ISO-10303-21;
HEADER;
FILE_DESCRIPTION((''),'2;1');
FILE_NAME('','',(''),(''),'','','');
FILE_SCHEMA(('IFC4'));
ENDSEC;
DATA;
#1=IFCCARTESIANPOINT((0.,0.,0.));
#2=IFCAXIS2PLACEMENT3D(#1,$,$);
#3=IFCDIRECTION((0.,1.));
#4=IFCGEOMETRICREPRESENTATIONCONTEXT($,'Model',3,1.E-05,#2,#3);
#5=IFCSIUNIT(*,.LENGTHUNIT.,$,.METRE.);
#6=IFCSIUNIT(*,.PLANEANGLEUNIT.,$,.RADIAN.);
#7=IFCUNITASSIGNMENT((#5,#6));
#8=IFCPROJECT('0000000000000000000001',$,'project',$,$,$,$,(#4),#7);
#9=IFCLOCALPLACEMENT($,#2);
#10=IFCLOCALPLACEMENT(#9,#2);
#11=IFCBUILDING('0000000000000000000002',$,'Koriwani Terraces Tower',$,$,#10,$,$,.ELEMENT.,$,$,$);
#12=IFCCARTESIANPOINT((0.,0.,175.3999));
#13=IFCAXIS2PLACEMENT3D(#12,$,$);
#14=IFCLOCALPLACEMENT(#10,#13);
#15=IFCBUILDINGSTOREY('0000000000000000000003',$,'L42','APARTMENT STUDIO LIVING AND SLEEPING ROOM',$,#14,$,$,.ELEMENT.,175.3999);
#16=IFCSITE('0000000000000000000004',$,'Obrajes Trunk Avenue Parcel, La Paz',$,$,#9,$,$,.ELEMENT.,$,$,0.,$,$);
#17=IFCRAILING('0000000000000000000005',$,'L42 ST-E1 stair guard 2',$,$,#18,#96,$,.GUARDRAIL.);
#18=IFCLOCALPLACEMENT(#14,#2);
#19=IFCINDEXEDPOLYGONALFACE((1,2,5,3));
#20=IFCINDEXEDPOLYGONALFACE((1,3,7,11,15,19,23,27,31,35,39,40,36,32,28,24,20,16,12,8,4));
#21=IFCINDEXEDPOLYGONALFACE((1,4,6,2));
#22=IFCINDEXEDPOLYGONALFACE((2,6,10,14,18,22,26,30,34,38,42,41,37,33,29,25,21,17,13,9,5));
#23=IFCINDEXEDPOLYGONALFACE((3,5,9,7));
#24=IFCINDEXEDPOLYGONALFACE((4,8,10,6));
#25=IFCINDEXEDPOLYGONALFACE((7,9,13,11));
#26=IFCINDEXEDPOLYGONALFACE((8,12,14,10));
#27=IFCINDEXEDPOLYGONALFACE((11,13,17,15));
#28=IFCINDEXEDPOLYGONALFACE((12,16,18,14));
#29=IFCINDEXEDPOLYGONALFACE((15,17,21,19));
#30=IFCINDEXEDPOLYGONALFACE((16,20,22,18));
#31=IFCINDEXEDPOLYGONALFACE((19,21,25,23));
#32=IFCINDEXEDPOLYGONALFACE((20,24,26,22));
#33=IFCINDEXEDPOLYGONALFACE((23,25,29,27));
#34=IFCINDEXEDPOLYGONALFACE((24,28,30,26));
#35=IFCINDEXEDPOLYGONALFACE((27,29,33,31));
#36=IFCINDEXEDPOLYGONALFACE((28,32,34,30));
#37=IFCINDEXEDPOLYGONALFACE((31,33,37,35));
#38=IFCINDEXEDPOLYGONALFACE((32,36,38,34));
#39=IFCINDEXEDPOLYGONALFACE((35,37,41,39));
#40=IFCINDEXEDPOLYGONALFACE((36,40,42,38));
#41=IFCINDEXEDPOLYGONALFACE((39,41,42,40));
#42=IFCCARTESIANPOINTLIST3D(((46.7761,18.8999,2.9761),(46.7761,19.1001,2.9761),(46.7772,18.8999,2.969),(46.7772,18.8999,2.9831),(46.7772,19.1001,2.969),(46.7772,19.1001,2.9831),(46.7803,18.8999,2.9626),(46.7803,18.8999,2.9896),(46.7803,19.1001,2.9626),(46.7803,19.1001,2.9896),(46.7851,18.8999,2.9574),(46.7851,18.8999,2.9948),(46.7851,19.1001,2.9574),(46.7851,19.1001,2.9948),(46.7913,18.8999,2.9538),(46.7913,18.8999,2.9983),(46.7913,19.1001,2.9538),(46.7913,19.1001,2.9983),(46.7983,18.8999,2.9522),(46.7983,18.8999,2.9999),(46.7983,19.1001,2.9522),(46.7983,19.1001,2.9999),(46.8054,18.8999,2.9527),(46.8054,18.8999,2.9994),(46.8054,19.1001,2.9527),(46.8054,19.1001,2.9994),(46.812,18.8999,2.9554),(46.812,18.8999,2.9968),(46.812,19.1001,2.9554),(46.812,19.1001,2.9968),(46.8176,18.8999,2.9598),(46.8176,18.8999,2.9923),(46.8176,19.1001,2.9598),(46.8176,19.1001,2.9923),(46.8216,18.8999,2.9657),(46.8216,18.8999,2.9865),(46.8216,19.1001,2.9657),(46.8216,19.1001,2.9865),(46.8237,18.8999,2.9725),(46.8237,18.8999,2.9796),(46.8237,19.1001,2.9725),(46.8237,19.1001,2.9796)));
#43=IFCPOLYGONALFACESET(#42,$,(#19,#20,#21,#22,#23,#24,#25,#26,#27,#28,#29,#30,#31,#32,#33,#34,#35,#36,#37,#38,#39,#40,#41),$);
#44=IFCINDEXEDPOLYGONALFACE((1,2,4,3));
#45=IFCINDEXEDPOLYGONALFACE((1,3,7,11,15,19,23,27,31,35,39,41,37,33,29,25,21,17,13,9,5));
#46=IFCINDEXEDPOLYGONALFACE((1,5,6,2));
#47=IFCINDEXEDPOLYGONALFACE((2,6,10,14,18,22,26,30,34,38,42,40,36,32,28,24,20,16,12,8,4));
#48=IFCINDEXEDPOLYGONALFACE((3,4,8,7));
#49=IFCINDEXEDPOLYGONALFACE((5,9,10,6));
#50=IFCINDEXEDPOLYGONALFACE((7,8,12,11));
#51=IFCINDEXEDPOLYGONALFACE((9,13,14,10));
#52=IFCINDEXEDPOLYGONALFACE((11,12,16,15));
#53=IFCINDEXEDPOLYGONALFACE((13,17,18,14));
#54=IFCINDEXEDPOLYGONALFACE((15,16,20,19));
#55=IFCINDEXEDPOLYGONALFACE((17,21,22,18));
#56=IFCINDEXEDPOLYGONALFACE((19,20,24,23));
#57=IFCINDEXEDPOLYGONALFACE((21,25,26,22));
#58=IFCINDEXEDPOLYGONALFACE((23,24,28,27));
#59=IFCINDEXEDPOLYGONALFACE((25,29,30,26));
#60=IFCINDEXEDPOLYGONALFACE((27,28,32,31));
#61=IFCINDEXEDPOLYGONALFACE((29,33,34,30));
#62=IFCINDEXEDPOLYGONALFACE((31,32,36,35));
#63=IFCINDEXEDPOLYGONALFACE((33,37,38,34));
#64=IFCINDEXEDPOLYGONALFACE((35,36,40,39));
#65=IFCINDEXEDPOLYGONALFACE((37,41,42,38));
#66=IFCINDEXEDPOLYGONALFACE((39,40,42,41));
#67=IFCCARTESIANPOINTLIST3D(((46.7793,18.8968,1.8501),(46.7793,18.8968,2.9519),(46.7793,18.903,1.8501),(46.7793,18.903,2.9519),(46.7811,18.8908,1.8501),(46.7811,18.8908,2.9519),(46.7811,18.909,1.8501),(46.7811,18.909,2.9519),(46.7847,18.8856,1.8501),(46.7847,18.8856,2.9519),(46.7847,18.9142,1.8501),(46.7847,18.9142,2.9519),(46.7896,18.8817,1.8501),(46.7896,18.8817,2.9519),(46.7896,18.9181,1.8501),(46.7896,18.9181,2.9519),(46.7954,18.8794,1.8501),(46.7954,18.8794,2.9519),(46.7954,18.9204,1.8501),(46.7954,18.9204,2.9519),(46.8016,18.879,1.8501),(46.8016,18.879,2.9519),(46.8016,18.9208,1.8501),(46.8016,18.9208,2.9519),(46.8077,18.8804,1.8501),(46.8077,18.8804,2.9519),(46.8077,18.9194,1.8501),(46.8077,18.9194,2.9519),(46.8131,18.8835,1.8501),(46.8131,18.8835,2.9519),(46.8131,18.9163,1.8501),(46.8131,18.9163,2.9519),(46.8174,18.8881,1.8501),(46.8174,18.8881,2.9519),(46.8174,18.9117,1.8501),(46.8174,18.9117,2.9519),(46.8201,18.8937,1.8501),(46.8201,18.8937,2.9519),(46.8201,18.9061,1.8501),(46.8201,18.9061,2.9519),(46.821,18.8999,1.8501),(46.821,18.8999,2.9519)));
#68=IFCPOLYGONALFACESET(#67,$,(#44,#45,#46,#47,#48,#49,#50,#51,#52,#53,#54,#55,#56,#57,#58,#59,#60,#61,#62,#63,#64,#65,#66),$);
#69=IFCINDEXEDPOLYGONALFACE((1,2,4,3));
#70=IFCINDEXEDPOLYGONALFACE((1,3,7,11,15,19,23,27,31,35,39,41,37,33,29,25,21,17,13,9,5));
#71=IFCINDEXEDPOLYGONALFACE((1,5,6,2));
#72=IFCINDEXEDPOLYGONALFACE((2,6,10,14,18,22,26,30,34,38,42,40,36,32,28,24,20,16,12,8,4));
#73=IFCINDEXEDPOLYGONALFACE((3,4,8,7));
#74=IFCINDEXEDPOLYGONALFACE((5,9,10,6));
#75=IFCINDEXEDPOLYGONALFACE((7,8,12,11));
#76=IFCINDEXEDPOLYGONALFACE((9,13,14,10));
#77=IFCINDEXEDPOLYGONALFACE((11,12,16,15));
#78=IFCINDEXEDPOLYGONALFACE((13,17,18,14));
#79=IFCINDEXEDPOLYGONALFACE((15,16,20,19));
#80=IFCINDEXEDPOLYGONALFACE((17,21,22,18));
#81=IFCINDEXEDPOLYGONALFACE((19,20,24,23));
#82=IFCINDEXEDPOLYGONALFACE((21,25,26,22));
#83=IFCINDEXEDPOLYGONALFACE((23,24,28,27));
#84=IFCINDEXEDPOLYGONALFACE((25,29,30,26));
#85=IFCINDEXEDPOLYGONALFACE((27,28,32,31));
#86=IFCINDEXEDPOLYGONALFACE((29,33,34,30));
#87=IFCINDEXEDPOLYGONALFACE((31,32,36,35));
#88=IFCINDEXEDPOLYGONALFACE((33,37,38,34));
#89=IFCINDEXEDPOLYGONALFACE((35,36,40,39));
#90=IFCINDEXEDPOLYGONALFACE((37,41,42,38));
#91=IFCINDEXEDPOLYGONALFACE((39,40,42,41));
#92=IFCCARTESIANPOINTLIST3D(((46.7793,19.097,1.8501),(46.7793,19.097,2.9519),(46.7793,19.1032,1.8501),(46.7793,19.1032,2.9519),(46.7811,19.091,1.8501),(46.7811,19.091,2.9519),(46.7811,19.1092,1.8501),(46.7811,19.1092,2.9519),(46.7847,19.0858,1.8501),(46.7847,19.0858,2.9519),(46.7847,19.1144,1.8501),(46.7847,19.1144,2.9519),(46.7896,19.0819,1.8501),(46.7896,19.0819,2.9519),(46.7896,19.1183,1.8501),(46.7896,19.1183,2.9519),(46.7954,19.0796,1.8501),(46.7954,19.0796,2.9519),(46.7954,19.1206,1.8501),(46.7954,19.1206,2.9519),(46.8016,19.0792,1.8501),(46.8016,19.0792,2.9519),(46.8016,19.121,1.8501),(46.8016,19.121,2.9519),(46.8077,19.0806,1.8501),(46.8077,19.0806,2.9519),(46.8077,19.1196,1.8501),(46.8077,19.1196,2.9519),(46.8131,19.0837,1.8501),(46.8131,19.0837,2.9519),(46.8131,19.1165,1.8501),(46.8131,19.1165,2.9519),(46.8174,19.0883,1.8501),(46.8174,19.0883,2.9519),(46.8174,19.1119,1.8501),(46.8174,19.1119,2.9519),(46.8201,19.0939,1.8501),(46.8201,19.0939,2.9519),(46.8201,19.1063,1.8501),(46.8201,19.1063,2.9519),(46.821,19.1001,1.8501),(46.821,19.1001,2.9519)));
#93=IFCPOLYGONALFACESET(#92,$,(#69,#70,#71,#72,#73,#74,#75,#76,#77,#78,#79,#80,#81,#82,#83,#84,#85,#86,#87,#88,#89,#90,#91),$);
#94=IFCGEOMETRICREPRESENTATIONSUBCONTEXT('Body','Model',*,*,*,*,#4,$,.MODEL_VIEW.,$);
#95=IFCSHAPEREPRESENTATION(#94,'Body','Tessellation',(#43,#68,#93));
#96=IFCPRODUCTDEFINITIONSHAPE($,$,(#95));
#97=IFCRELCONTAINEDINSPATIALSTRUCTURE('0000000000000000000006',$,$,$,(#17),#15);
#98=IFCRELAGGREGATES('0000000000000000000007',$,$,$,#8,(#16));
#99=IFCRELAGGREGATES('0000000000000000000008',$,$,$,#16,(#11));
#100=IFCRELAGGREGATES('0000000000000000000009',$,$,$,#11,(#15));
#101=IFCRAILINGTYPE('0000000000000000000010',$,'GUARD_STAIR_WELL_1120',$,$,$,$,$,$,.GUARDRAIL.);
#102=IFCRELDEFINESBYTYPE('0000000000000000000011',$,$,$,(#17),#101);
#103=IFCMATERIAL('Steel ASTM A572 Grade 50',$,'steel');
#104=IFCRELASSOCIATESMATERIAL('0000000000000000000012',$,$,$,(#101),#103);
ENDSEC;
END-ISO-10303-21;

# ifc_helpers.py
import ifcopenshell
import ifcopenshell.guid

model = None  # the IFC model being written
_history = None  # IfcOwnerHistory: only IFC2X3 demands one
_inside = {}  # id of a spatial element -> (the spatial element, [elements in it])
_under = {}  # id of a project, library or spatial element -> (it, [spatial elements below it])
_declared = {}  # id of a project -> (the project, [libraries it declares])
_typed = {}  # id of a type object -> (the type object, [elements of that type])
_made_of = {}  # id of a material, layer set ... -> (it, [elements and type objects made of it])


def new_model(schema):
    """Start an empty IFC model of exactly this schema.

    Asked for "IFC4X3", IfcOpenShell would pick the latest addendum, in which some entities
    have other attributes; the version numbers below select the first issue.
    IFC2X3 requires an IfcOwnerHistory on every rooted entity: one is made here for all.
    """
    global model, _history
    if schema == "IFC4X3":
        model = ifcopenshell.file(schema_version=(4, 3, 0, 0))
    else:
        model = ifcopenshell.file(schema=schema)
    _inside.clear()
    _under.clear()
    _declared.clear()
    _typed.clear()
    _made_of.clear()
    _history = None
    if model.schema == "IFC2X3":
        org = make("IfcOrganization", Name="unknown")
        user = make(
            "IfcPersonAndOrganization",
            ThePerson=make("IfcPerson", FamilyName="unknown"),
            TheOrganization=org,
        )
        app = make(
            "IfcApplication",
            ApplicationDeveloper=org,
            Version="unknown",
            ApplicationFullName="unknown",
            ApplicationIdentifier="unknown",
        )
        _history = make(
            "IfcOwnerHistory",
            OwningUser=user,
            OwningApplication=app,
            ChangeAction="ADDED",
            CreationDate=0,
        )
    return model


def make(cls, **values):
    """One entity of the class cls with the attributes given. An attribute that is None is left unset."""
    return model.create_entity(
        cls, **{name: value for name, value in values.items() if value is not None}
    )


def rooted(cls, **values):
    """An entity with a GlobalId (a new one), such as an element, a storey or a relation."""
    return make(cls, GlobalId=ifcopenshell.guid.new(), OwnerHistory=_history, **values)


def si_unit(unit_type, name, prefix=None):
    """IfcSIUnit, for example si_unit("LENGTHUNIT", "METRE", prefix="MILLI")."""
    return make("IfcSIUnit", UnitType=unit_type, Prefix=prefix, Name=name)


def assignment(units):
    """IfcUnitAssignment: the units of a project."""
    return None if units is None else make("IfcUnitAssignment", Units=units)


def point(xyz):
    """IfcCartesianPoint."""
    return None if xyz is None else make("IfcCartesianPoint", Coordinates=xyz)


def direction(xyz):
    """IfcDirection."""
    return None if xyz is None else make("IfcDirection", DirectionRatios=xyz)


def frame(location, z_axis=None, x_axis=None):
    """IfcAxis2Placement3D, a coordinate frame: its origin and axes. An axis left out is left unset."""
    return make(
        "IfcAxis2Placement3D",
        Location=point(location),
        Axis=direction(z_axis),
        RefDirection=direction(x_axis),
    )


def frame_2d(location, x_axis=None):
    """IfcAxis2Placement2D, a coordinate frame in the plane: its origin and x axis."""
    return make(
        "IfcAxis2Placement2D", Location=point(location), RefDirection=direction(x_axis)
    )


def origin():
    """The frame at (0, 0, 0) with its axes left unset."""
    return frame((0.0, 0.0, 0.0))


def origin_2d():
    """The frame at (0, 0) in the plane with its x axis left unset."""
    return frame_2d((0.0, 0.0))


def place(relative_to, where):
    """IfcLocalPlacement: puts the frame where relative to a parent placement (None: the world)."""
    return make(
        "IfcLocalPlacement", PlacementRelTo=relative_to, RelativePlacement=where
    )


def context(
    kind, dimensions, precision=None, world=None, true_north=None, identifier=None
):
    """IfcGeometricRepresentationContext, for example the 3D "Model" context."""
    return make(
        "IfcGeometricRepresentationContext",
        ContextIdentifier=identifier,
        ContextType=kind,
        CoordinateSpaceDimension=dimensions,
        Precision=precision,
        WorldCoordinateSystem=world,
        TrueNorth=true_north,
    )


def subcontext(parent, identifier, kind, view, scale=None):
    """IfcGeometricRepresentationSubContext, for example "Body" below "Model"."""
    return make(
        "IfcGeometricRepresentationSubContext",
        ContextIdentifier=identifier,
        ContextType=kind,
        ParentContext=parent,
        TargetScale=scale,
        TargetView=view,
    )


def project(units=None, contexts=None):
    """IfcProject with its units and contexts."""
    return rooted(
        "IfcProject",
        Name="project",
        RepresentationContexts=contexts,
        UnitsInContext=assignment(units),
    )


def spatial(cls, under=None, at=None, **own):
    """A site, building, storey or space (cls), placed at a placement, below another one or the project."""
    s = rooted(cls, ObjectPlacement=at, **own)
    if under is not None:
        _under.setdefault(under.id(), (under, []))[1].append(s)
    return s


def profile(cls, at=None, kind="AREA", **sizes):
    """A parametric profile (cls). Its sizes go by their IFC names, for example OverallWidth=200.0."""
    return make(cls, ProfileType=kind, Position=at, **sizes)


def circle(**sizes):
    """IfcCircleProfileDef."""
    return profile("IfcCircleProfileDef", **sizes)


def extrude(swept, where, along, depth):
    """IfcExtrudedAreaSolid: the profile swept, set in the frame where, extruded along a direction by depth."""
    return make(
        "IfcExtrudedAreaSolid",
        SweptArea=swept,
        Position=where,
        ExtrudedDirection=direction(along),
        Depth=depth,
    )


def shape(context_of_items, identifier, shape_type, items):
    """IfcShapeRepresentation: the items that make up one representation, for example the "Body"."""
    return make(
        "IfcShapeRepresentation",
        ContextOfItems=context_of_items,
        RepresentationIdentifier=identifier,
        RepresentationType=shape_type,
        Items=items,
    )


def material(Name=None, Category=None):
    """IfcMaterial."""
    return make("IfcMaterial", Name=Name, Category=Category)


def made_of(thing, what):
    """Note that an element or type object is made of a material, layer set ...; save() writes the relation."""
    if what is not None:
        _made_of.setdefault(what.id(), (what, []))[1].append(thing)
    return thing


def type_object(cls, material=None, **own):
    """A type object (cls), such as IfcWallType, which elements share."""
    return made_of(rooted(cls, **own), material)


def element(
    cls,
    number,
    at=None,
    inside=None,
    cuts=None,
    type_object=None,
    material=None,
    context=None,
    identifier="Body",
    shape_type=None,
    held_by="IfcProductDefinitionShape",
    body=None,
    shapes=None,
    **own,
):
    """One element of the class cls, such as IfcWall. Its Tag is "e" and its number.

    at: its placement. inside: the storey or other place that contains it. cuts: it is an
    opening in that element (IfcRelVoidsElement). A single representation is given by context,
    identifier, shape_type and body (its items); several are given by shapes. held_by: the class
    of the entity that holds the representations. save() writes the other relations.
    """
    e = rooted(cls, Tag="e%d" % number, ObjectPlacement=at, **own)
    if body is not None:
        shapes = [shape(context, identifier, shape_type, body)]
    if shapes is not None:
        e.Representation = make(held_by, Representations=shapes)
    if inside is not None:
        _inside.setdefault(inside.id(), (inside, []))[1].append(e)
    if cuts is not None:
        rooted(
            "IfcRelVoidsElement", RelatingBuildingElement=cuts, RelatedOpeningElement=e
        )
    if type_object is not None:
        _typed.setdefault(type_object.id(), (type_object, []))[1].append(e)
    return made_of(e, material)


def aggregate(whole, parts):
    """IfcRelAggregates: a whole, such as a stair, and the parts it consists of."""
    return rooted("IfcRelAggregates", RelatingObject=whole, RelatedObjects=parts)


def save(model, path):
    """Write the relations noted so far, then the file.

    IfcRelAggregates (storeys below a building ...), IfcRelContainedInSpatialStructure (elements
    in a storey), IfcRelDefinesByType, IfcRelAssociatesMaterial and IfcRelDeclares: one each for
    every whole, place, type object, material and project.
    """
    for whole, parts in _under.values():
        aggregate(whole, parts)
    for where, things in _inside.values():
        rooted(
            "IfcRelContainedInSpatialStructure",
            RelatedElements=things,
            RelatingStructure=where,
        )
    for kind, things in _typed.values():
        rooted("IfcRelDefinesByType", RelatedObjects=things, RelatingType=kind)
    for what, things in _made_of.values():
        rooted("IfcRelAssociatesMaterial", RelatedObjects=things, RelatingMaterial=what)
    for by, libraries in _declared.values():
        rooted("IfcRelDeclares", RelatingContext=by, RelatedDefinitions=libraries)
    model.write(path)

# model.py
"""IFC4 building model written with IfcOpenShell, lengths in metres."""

from ifc_helpers import new_model, si_unit, direction, frame, origin, origin_2d, place, context, subcontext, project, spatial, circle, extrude, material, type_object, element, save


model = new_model("IFC4")

# Units and contexts
model_context = context("Model", 3, precision=1e-05, world=origin(), true_north=direction((0.0, 1.0)))
body_context = subcontext(model_context, "Body", "Model", "MODEL_VIEW")
ifc_project = project(units=[si_unit("LENGTHUNIT", "METRE"), si_unit("PLANEANGLEUNIT", "RADIAN")], contexts=[model_context])

# Site, building, storey
site_placement = place(None, origin())
site = spatial("IfcSite", under=ifc_project, at=site_placement, Name="Obrajes Trunk Avenue Parcel, La Paz", CompositionType="ELEMENT", RefElevation=0.0)
building_placement = place(site_placement, origin())
building = spatial("IfcBuilding", under=site, at=building_placement, Name="Koriwani Terraces Tower", CompositionType="ELEMENT")
storey_placement = place(building_placement, frame((0.0, 0.0, 175.3999)))
storey = spatial("IfcBuildingStorey", under=building, at=storey_placement, Name="L42", Description="APARTMENT STUDIO LIVING AND SLEEPING ROOM", CompositionType="ELEMENT", Elevation=175.3999)

# Shared definitions
ifc_material_1 = material(Name="Steel ASTM A572 Grade 50", Category="steel")

# Railing
railing_type_1 = type_object("IfcRailingType", Name="GUARD_STAIR_WELL_1120", PredefinedType="GUARDRAIL", material=ifc_material_1)
railing_1_placement = place(storey_placement, frame((46.8, 18.8999, 1.8501)))
element("IfcRailing", 1, at=railing_1_placement, inside=storey, type_object=railing_type_1, Name="L42 ST-E1 stair guard 2", PredefinedType="GUARDRAIL", context=body_context, shape_type="SweptSolid", body=[
    extrude(circle(Radius=0.0239, at=origin_2d()), frame((0.0, 0.0, 1.126), z_axis=(0.0, 1.0, 0.0), x_axis=(-1.0, 0.0, 0.0)), (0.0, 0.0, 1.0), 0.2002),
    extrude(circle(Radius=0.021, at=origin_2d()), origin(), (0.0, 0.0, 1.0), 1.1018),
    extrude(circle(Radius=0.021, at=origin_2d()), frame((0.0, 0.2002, 0.0)), (0.0, 0.0, 1.0), 1.1018),
])

save(model, "model.ifc")
